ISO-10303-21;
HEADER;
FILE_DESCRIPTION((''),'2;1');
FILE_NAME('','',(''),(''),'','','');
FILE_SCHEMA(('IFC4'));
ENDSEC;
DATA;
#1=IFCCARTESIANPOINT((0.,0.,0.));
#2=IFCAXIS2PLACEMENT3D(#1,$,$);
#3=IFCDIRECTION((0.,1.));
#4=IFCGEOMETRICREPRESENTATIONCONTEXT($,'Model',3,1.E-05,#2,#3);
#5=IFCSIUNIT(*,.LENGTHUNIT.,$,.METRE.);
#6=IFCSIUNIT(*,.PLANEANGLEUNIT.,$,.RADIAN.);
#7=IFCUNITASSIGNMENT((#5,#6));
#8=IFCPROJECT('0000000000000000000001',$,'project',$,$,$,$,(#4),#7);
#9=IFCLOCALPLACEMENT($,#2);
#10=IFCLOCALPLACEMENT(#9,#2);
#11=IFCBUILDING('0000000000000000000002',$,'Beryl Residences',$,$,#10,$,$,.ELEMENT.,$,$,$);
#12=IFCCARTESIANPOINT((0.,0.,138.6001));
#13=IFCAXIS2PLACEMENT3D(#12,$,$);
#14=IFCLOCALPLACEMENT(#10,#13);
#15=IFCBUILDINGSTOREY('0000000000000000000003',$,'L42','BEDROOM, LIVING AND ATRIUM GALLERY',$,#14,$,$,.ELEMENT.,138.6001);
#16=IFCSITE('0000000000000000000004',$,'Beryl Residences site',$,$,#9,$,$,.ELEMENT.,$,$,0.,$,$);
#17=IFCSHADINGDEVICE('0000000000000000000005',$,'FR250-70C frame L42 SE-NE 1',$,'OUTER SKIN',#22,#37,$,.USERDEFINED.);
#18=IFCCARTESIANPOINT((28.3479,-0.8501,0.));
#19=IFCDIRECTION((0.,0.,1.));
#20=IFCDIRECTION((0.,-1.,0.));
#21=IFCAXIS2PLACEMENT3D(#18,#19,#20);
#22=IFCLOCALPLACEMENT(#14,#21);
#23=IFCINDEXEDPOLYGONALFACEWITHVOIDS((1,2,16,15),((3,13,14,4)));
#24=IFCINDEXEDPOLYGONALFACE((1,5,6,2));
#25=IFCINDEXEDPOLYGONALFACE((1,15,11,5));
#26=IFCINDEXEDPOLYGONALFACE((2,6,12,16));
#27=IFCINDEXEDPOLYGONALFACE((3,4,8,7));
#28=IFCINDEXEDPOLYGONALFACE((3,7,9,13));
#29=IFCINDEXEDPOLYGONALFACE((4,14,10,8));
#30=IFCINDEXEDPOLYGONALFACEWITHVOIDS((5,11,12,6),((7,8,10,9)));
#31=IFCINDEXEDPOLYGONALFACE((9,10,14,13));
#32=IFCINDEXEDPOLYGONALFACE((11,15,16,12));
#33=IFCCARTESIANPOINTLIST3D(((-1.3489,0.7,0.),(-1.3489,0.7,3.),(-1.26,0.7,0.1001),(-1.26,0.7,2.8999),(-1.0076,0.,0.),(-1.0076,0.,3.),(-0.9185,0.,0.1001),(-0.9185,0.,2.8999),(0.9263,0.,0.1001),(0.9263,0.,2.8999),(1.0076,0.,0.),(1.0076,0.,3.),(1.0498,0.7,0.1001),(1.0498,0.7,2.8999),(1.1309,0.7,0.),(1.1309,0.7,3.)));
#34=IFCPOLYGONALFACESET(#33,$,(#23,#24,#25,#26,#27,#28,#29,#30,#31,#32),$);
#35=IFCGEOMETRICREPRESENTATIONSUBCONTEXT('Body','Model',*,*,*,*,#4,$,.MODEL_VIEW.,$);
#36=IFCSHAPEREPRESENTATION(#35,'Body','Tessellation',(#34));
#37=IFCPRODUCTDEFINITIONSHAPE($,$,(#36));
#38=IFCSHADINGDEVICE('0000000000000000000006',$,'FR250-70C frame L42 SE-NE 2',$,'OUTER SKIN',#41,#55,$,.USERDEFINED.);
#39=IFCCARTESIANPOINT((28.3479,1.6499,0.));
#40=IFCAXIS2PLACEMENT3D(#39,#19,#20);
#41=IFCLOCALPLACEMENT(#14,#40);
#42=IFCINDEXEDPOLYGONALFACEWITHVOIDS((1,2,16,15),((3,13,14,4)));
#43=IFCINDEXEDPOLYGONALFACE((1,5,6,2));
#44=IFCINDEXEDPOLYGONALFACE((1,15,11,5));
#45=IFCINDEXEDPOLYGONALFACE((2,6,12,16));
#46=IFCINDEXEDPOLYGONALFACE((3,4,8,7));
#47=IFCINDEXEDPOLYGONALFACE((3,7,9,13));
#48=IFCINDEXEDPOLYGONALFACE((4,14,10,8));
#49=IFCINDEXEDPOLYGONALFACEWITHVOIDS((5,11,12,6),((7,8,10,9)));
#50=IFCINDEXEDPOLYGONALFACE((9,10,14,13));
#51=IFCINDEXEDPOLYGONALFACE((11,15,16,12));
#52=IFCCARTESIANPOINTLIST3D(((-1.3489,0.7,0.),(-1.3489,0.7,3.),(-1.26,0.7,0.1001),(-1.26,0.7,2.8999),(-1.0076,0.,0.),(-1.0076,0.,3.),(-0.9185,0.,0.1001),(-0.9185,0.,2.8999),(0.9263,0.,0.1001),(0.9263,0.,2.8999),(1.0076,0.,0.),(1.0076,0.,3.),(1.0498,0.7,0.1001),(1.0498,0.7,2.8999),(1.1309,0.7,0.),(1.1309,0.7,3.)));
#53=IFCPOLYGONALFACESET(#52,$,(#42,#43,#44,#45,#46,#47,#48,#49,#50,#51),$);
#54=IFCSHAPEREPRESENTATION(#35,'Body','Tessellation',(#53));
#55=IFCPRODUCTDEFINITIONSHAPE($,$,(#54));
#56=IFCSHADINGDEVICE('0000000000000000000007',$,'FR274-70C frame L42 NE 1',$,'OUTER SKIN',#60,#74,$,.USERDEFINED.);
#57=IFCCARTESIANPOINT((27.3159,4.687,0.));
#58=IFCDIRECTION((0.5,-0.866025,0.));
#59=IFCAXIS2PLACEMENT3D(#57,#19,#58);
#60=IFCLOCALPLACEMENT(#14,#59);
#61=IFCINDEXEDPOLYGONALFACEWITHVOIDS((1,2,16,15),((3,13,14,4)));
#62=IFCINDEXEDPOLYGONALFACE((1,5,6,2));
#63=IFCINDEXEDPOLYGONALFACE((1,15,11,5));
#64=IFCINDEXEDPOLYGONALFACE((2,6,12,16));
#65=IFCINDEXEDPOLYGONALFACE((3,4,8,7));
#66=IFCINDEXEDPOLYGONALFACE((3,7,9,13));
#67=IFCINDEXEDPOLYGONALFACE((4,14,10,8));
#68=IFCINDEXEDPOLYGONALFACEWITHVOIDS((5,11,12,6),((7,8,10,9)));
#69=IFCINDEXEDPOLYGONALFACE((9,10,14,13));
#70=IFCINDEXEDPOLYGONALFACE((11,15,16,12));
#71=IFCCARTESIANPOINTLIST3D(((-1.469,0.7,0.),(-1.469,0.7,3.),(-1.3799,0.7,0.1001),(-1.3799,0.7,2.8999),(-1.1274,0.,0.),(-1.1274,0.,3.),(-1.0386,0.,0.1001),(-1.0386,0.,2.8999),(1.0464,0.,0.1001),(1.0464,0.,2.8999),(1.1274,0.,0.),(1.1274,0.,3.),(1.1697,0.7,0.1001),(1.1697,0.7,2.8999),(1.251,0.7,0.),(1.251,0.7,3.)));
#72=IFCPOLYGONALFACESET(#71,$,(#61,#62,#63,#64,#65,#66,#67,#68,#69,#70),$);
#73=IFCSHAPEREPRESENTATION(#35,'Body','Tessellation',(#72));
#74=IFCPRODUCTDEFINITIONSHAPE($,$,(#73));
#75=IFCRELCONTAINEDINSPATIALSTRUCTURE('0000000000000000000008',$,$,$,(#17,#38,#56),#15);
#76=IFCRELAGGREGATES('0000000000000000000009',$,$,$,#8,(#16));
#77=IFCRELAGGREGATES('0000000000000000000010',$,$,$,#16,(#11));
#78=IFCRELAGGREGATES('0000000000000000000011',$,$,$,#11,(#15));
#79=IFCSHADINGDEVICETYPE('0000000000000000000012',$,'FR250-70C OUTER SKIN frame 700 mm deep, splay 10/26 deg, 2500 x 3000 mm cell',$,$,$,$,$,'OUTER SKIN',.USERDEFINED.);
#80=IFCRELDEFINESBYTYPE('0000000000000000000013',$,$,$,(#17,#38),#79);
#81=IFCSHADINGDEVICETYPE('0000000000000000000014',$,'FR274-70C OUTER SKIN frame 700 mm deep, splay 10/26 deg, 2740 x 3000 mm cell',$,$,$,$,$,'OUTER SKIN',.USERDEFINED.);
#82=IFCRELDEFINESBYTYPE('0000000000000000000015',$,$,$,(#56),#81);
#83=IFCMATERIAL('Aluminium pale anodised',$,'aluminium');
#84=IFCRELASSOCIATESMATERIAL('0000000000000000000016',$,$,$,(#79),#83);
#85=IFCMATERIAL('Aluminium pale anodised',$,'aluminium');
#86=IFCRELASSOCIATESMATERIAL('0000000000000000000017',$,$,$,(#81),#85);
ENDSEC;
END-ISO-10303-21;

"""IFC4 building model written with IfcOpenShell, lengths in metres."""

from ifc_helpers import new_model, entity, si_unit, direction, frame, origin, place, context, subcontext, project, spatial, source, transform, mapped, material, type_object, type_shapes, element, save


model = new_model("IFC4")

# Units and contexts
model_context = context("Model", 3, precision=1e-05, world=origin(), true_north=direction((0.0, 1.0)))
body_context = subcontext(model_context, "Body", "Model", "MODEL_VIEW")
ifc_project = project(units=[si_unit("LENGTHUNIT", "METRE"), si_unit("PLANEANGLEUNIT", "RADIAN")], contexts=[model_context])

# Site, building, storey
site_placement = place(None, origin())
site = spatial("IfcSite", under=ifc_project, at=site_placement, Name="Beryl Residences site", CompositionType="ELEMENT", RefElevation=0.0)
building_placement = place(site_placement, origin())
building = spatial("IfcBuilding", under=site, at=building_placement, Name="Beryl Residences", CompositionType="ELEMENT")
storey_placement = place(building_placement, frame((0.0, 0.0, 138.6001)))
storey = spatial("IfcBuildingStorey", under=building, at=storey_placement, Name="L42", Description="BEDROOM, LIVING AND ATRIUM GALLERY", CompositionType="ELEMENT", Elevation=138.6001)

# Shading devices
ifc_material_1 = material(Name="Aluminium pale anodised", Category="aluminium")
shading_device_type_1 = type_object("IfcShadingDeviceType", Name="FR250-70C OUTER SKIN frame 700 mm deep, splay 10/26 deg, 2500 x 3000 mm cell", ElementType="OUTER SKIN", PredefinedType="USERDEFINED", material=ifc_material_1)
cartesian_point_1 = entity("IfcCartesianPoint", [-1.0076, 0.0])
cartesian_point_2 = entity("IfcCartesianPoint", [-0.9263, 0.1001])
cartesian_point_3 = entity("IfcCartesianPoint", [-1.1309, 0.0])
cartesian_point_4 = entity("IfcCartesianPoint", [-1.0498, 0.1001])
shared_shape_1 = source(origin(), body_context, "Body", "SweptSolid", [
    entity("IfcExtrudedAreaSolidTapered", entity("IfcArbitraryProfileDefWithVoids", "AREA", None, entity("IfcPolyline", [cartesian_point_1, entity("IfcCartesianPoint", [1.0076, 0.0]), entity("IfcCartesianPoint", [1.0076, 3.0]), entity("IfcCartesianPoint", [-1.0076, 3.0]), cartesian_point_1]), [entity("IfcPolyline", [cartesian_point_2, entity("IfcCartesianPoint", [0.9185, 0.1001]), entity("IfcCartesianPoint", [0.9185, 2.8999]), entity("IfcCartesianPoint", [-0.9263, 2.8999]), cartesian_point_2])]), entity("IfcAxis2Placement3D", entity("IfcCartesianPoint", [0.0, 0.0, 0.0]), entity("IfcDirection", [0.0, 1.0, 0.0]), entity("IfcDirection", [-1.0, 0.0, 0.0])), entity("IfcDirection", [0.0, 0.0, 1.0]), 0.7, entity("IfcArbitraryProfileDefWithVoids", "AREA", None, entity("IfcPolyline", [cartesian_point_3, entity("IfcCartesianPoint", [1.3489, 0.0]), entity("IfcCartesianPoint", [1.3489, 3.0]), entity("IfcCartesianPoint", [-1.1309, 3.0]), cartesian_point_3]), [entity("IfcPolyline", [cartesian_point_4, entity("IfcCartesianPoint", [1.26, 0.1001]), entity("IfcCartesianPoint", [1.26, 2.8999]), entity("IfcCartesianPoint", [-1.0498, 2.8999]), cartesian_point_4])])),
])
type_shapes(shading_device_type_1, [shared_shape_1])
for number, where, z_axis, x_axis, name in (
    (1, (28.3479, -0.8501, 0.0), (0.0, 0.0, 1.0), (0.0, -1.0, 0.0), "FR250-70C frame L42 SE-NE 1"),
    (2, (28.3479, 1.6499, 0.0), (0.0, 0.0, 1.0), (0.0, -1.0, 0.0), "FR250-70C frame L42 SE-NE 2"),
):
    element("IfcShadingDevice", number, at=place(storey_placement, frame(where, z_axis=z_axis, x_axis=x_axis)), inside=storey, type_object=shading_device_type_1, Name=name, ObjectType="OUTER SKIN", PredefinedType="USERDEFINED", context=body_context, shape_type="MappedRepresentation", body=[
        mapped(shared_shape_1, transform((0.0, 0.0, 0.0))),
    ])
ifc_material_2 = material(Name="Aluminium pale anodised", Category="aluminium")
shading_device_type_2 = type_object("IfcShadingDeviceType", Name="FR274-70C OUTER SKIN frame 700 mm deep, splay 10/26 deg, 2740 x 3000 mm cell", ElementType="OUTER SKIN", PredefinedType="USERDEFINED", material=ifc_material_2)
cartesian_point_5 = entity("IfcCartesianPoint", [-1.1274, 0.0])
cartesian_point_6 = entity("IfcCartesianPoint", [-1.0464, 0.1001])
cartesian_point_7 = entity("IfcCartesianPoint", [-1.251, 0.0])
cartesian_point_8 = entity("IfcCartesianPoint", [-1.1697, 0.1001])
shared_shape_2 = source(origin(), body_context, "Body", "SweptSolid", [
    entity("IfcExtrudedAreaSolidTapered", entity("IfcArbitraryProfileDefWithVoids", "AREA", None, entity("IfcPolyline", [cartesian_point_5, entity("IfcCartesianPoint", [1.1274, 0.0]), entity("IfcCartesianPoint", [1.1274, 3.0]), entity("IfcCartesianPoint", [-1.1274, 3.0]), cartesian_point_5]), [entity("IfcPolyline", [cartesian_point_6, entity("IfcCartesianPoint", [1.0386, 0.1001]), entity("IfcCartesianPoint", [1.0386, 2.8999]), entity("IfcCartesianPoint", [-1.0464, 2.8999]), cartesian_point_6])]), entity("IfcAxis2Placement3D", entity("IfcCartesianPoint", [0.0, 0.0, 0.0]), entity("IfcDirection", [0.0, 1.0, 0.0]), entity("IfcDirection", [-1.0, 0.0, 0.0])), entity("IfcDirection", [0.0, 0.0, 1.0]), 0.7, entity("IfcArbitraryProfileDefWithVoids", "AREA", None, entity("IfcPolyline", [cartesian_point_7, entity("IfcCartesianPoint", [1.469, 0.0]), entity("IfcCartesianPoint", [1.469, 3.0]), entity("IfcCartesianPoint", [-1.251, 3.0]), cartesian_point_7]), [entity("IfcPolyline", [cartesian_point_8, entity("IfcCartesianPoint", [1.3799, 0.1001]), entity("IfcCartesianPoint", [1.3799, 2.8999]), entity("IfcCartesianPoint", [-1.1697, 2.8999]), cartesian_point_8])])),
])
type_shapes(shading_device_type_2, [shared_shape_2])
shading_device_placement = place(storey_placement, frame((27.3159, 4.687, 0.0), z_axis=(0.0, 0.0, 1.0), x_axis=(0.5, -0.866025, 0.0)))
element("IfcShadingDevice", 3, at=shading_device_placement, inside=storey, type_object=shading_device_type_2, Name="FR274-70C frame L42 NE 1", ObjectType="OUTER SKIN", PredefinedType="USERDEFINED", context=body_context, shape_type="MappedRepresentation", body=[
    mapped(shared_shape_2, transform((0.0, 0.0, 0.0))),
])

save(model, "model.ifc")
